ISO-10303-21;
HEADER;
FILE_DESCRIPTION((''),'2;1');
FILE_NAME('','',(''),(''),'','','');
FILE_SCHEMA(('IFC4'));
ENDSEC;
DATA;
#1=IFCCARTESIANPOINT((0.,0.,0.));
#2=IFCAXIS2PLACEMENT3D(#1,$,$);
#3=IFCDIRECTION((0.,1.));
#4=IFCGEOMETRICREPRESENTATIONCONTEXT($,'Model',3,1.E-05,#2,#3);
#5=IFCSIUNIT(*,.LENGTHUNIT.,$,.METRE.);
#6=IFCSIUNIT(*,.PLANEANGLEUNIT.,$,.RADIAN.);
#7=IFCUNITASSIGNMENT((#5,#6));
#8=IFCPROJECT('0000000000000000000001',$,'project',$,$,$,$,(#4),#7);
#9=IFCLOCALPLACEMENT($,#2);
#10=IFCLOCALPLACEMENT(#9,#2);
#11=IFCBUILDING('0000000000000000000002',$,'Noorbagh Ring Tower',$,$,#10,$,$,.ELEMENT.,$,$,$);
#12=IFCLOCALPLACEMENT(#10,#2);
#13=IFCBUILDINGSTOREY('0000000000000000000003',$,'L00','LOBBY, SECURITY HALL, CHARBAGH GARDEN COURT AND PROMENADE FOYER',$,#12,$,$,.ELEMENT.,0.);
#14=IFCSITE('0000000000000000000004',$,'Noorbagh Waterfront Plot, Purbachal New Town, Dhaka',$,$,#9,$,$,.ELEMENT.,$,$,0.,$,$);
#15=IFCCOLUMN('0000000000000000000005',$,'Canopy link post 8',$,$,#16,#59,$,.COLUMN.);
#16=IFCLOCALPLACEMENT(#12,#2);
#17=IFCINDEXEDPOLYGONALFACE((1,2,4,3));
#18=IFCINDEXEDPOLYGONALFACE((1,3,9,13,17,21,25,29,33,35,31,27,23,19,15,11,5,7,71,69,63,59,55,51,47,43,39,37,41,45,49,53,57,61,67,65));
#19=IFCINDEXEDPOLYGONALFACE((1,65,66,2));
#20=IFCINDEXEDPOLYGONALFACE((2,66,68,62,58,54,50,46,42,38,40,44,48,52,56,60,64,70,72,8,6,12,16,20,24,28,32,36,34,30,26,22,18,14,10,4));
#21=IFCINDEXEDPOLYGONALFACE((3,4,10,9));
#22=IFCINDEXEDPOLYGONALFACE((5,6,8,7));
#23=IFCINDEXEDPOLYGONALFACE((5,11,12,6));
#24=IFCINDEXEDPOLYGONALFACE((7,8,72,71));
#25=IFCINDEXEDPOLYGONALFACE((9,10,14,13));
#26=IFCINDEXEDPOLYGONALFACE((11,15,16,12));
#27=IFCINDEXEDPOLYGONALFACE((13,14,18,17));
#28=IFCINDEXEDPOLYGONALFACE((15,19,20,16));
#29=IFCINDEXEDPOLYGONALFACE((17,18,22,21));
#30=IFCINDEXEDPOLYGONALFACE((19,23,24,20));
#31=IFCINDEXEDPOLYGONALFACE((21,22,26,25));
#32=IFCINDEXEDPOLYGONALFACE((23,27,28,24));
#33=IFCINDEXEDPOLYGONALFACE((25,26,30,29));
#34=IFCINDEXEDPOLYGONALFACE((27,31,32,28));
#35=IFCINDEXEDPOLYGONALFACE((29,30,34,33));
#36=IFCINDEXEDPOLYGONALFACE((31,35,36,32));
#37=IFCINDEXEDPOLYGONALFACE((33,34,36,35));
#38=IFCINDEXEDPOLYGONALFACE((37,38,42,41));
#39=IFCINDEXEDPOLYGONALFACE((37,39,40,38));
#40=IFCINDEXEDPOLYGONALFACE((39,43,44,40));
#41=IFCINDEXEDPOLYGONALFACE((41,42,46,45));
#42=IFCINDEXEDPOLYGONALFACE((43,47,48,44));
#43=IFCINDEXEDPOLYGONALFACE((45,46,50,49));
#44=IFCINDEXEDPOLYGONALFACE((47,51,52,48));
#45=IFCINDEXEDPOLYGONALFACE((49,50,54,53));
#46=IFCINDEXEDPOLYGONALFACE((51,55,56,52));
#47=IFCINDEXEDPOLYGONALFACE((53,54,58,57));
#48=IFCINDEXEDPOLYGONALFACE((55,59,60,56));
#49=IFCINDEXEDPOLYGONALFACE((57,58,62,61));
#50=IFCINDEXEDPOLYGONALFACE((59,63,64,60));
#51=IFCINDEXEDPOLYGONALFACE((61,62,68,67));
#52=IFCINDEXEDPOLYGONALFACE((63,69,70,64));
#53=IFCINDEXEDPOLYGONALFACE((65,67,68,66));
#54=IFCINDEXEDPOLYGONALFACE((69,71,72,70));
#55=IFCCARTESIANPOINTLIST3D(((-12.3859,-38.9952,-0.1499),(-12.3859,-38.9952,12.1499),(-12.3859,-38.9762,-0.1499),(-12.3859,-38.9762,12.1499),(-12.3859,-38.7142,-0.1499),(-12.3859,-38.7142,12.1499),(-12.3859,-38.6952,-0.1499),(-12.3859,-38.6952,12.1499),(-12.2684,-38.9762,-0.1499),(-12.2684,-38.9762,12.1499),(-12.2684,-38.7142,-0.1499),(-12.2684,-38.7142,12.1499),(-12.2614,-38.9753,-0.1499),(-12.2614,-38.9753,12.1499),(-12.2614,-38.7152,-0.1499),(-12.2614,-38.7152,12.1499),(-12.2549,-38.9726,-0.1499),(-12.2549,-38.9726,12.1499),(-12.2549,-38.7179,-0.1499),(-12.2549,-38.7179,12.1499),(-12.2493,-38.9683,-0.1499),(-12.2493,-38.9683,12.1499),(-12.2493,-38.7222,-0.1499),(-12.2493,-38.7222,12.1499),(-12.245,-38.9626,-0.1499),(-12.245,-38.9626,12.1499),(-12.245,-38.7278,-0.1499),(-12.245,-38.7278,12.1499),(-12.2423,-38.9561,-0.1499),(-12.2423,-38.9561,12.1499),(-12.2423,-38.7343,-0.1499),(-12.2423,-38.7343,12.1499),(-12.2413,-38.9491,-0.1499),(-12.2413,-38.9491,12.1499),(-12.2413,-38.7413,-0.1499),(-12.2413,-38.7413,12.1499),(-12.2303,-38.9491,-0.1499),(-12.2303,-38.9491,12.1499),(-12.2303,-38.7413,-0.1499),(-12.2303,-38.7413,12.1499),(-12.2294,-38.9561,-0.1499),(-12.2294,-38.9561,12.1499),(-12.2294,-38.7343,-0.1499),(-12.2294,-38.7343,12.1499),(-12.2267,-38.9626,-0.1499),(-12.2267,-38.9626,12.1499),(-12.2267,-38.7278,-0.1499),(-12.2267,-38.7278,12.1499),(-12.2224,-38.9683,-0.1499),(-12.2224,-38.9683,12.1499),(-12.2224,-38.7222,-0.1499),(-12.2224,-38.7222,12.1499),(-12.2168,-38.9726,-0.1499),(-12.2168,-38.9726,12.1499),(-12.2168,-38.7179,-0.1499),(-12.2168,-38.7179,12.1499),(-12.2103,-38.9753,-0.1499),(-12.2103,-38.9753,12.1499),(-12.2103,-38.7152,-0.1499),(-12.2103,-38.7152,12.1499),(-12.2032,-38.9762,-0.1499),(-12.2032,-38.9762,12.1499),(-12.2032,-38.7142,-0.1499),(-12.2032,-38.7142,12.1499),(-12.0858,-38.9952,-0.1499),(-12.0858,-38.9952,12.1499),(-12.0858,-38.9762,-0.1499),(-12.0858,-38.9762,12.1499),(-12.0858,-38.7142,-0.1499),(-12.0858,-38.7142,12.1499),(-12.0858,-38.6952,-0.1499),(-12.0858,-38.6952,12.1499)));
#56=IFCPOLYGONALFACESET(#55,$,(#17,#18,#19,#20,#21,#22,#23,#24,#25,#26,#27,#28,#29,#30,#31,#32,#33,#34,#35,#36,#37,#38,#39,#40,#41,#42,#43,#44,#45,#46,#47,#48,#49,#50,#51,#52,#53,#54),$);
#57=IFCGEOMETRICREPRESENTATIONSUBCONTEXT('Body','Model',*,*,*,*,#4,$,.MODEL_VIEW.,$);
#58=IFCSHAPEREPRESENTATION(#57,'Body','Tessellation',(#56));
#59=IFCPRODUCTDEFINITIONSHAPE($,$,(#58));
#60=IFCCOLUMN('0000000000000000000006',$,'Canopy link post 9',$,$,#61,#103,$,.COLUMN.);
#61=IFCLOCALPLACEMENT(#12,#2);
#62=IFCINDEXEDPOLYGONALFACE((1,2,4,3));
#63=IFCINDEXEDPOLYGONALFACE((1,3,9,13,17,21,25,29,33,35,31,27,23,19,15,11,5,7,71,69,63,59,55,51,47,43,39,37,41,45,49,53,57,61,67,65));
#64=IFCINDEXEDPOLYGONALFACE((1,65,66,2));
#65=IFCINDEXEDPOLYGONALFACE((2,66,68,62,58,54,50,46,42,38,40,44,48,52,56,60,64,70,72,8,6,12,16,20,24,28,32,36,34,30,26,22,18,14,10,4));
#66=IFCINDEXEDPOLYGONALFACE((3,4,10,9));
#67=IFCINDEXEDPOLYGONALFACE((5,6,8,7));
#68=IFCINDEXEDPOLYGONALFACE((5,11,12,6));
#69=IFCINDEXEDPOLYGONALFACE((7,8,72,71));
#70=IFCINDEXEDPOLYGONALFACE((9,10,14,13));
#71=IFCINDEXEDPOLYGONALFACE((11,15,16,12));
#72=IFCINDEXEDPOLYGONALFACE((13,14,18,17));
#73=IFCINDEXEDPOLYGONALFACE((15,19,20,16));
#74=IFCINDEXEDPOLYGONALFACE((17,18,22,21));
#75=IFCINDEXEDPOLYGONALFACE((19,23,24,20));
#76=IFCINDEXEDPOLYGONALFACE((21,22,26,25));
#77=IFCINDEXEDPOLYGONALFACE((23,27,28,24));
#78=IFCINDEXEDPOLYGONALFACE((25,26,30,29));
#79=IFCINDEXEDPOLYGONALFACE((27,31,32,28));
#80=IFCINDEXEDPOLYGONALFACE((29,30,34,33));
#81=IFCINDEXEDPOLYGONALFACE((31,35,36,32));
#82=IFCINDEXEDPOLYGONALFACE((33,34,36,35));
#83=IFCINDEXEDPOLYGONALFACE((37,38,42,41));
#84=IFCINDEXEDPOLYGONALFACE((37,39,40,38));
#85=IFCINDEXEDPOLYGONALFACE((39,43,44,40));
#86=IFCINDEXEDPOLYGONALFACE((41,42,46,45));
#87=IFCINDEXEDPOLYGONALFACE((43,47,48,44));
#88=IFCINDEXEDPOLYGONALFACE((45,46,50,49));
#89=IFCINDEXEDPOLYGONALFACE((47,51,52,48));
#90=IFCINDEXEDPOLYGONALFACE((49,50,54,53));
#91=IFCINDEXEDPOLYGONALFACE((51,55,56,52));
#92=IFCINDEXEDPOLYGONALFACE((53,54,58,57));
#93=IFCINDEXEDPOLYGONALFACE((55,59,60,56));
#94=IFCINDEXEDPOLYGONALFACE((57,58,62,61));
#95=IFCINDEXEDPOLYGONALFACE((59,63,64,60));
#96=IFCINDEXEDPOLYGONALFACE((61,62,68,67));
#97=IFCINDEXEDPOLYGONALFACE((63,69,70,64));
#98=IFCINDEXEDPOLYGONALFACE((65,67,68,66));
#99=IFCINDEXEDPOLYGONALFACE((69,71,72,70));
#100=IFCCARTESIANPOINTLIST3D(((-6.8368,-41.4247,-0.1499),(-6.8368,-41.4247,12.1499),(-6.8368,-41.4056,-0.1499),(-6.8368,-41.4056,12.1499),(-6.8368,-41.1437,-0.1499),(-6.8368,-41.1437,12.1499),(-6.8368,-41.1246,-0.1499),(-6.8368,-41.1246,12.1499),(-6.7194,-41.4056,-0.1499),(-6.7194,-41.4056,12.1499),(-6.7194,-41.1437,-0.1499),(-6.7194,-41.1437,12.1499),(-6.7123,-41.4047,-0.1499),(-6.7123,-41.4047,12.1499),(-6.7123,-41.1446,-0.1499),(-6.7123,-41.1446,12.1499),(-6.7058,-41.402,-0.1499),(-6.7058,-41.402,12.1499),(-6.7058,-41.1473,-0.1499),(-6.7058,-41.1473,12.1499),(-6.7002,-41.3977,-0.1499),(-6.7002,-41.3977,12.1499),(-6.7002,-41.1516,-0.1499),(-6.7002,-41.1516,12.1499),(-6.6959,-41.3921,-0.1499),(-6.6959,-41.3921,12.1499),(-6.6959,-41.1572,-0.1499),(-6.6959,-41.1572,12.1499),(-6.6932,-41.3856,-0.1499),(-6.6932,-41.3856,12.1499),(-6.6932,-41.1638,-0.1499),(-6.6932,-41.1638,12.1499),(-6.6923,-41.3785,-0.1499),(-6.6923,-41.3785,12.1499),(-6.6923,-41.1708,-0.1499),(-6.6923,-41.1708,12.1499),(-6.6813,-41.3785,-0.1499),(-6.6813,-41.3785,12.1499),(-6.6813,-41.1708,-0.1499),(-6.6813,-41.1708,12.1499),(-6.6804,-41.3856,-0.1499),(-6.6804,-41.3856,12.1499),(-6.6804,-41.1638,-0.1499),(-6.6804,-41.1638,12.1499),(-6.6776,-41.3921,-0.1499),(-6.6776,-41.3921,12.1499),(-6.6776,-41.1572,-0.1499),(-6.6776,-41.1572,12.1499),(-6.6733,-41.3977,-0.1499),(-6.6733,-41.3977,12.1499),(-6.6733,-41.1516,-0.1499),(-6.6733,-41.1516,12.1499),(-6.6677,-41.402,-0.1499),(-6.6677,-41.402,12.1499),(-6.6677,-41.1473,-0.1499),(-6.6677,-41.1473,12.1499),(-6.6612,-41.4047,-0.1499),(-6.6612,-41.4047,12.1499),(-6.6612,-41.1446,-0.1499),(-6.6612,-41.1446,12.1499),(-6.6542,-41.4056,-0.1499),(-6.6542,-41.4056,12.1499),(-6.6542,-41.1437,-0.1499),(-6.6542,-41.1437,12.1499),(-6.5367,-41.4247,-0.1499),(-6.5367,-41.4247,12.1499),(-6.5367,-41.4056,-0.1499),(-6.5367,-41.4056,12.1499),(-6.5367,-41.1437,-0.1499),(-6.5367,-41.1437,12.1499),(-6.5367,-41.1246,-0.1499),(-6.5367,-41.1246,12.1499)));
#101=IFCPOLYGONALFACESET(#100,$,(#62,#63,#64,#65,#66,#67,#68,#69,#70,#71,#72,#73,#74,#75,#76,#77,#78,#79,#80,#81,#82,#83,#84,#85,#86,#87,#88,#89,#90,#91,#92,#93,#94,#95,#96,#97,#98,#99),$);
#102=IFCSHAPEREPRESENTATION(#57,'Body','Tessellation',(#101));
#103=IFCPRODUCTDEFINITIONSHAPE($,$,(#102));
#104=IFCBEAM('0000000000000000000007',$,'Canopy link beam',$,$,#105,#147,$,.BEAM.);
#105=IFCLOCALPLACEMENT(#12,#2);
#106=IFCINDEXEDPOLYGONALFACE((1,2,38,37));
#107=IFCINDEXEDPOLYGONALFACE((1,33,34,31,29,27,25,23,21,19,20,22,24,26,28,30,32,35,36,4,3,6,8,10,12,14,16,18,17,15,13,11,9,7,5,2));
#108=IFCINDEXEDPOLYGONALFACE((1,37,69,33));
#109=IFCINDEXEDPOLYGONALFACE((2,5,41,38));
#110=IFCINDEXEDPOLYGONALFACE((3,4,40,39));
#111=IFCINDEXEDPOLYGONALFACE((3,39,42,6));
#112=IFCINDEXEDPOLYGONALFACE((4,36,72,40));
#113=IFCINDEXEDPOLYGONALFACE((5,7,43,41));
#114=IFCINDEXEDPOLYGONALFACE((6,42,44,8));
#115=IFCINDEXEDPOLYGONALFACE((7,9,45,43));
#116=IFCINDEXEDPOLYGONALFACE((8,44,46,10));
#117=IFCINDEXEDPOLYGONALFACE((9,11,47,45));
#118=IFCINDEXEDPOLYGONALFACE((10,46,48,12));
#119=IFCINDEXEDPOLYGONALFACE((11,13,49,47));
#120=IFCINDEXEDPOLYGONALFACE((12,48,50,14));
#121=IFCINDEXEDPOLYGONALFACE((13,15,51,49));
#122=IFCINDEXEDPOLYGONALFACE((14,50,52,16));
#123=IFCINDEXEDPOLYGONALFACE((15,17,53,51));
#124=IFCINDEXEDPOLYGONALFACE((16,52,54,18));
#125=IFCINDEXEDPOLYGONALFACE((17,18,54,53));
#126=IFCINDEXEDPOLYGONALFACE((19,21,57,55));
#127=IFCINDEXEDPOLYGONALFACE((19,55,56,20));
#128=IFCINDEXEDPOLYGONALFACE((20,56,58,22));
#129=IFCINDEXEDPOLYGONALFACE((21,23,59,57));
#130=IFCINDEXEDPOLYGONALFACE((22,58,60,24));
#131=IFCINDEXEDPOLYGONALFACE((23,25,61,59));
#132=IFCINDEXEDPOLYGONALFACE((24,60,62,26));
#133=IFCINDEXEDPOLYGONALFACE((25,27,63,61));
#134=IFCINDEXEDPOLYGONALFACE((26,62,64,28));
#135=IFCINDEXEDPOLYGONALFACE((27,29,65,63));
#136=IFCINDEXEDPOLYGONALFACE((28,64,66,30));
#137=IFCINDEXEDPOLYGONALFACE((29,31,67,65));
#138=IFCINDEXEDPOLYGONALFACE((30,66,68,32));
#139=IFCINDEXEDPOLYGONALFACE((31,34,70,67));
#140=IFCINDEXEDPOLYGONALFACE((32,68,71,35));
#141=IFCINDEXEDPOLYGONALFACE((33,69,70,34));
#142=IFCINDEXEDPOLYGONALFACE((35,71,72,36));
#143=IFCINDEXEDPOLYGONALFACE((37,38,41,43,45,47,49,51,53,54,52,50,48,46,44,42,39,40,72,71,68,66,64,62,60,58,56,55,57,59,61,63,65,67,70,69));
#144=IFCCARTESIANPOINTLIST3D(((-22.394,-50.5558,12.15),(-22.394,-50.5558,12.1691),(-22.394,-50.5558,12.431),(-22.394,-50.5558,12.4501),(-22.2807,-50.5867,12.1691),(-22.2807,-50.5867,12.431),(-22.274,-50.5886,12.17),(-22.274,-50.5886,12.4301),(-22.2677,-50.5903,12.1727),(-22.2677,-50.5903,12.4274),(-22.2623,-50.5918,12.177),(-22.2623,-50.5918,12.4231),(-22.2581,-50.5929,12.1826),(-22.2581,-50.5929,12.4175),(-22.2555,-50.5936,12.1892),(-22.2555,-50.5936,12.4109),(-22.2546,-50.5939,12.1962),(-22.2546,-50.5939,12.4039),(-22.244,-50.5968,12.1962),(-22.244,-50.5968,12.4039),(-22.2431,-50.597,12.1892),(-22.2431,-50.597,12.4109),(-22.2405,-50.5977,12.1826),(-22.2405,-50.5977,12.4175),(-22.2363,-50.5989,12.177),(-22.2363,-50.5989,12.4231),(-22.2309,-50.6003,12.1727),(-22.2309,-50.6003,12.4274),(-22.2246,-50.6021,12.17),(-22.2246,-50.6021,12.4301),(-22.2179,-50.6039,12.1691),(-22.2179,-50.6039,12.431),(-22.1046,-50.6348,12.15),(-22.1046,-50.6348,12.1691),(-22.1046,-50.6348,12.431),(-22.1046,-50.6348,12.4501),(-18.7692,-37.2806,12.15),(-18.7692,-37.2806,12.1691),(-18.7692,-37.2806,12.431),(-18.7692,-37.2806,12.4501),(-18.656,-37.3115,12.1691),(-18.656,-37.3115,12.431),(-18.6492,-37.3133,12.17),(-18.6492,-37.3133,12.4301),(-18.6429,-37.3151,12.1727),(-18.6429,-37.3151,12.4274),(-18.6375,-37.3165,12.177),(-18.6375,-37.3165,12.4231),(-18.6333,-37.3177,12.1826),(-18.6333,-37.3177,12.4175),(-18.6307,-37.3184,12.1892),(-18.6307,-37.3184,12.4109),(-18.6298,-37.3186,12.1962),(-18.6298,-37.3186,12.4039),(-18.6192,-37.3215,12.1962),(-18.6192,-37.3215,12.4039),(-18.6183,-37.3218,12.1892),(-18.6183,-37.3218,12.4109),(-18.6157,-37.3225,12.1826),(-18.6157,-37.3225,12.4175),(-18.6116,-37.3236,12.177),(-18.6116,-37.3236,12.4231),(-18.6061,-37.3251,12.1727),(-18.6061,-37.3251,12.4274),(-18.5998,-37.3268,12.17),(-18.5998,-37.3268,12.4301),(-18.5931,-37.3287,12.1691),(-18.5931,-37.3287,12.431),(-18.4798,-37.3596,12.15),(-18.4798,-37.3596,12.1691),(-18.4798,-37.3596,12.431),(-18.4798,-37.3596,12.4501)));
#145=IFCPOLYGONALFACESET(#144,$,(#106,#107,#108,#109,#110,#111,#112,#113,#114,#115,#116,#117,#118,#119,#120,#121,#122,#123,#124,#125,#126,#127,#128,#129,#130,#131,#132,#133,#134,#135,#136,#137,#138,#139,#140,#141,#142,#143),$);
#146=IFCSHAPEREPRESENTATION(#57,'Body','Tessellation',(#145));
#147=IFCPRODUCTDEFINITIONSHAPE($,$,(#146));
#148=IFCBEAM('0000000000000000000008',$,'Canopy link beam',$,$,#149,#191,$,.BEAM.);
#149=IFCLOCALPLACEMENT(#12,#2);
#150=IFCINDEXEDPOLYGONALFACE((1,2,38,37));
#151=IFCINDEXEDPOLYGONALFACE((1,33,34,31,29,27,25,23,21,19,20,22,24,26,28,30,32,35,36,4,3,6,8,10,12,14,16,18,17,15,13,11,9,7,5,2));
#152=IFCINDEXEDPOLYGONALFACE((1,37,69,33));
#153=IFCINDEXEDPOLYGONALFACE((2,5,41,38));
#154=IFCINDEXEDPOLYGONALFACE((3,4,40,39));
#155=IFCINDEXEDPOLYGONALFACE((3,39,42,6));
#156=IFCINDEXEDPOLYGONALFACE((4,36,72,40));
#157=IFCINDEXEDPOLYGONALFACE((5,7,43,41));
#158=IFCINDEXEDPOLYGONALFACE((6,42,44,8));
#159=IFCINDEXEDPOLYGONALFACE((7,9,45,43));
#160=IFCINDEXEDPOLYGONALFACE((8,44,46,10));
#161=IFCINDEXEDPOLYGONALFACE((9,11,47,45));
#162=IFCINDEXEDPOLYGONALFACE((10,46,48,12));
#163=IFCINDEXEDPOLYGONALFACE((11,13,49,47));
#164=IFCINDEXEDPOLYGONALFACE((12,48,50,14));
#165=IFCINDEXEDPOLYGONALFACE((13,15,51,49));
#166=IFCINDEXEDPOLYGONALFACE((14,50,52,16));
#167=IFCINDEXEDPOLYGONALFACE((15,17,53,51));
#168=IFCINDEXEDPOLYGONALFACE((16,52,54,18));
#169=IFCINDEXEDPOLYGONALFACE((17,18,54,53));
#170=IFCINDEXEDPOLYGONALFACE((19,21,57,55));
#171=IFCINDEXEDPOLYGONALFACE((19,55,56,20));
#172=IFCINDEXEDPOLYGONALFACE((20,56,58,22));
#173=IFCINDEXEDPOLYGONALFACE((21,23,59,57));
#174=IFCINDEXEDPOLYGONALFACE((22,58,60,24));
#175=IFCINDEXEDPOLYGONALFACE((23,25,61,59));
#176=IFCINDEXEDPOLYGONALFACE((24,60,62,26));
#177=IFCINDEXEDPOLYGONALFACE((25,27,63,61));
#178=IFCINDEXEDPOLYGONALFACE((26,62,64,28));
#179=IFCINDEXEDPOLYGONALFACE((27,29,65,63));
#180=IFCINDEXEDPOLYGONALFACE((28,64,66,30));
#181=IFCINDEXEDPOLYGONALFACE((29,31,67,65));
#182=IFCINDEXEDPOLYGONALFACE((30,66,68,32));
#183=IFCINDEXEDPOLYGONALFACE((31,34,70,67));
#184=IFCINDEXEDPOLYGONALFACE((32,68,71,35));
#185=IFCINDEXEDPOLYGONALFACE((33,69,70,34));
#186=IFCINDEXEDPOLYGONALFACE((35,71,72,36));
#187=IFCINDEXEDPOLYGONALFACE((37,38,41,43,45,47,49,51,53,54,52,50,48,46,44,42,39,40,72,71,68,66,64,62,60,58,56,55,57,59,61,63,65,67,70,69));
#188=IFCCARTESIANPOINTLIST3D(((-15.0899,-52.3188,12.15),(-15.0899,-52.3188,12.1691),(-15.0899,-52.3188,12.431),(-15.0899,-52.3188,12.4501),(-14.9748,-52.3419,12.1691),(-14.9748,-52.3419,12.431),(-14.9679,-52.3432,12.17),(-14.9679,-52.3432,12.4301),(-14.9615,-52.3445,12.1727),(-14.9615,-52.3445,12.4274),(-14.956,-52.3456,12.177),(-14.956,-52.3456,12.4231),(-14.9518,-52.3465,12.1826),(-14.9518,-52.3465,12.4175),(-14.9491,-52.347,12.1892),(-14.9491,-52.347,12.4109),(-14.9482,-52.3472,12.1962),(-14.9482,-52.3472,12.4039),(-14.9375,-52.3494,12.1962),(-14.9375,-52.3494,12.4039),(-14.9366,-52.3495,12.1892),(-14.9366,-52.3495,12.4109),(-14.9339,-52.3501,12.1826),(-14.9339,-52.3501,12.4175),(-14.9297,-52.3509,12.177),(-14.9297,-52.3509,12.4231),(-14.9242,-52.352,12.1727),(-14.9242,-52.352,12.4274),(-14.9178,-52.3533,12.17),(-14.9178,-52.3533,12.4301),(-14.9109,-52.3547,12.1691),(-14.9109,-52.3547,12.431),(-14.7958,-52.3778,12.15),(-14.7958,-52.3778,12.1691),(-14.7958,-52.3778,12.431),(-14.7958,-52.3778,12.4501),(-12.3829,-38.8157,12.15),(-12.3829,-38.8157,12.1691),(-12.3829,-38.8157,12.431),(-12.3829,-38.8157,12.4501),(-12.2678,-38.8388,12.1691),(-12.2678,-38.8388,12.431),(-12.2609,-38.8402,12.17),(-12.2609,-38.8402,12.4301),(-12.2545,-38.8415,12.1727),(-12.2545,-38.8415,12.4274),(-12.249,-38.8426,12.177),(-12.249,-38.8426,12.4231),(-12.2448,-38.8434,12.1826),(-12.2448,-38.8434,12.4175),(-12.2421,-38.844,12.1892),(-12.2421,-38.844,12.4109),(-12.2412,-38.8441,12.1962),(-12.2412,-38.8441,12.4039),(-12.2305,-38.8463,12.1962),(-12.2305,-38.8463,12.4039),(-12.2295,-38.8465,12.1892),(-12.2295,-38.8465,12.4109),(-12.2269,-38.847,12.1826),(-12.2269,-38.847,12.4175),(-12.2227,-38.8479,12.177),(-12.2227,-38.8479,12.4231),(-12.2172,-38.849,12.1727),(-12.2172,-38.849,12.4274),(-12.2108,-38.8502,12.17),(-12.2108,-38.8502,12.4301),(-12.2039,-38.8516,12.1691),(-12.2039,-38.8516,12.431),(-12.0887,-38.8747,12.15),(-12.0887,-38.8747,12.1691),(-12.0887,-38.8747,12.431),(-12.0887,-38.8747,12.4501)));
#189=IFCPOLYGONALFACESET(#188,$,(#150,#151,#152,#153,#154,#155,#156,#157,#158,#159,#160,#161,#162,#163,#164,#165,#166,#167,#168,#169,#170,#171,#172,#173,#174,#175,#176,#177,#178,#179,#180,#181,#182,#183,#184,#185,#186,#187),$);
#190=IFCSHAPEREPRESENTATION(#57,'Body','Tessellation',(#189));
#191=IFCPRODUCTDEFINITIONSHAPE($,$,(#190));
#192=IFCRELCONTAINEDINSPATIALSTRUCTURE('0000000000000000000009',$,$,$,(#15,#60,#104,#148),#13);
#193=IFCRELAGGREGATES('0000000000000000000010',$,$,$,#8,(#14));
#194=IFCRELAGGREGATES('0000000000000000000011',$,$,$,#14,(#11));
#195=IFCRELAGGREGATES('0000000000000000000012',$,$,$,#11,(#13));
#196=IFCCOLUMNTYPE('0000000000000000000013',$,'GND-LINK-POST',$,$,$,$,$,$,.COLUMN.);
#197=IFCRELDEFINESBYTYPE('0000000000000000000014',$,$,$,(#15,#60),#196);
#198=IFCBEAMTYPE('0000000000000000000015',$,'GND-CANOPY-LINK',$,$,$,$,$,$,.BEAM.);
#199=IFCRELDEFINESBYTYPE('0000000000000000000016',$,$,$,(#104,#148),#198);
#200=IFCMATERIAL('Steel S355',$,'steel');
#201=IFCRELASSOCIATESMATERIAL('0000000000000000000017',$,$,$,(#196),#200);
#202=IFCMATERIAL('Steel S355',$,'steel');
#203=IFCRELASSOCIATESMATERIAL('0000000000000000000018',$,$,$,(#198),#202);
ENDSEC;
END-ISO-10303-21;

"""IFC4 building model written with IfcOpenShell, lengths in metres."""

from ifc_helpers import new_model, si_unit, direction, frame, origin, origin_2d, place, context, subcontext, project, spatial, i_section, extrude, material, material_profile, profile_set, type_object, element, save


model = new_model("IFC4")

# Units and contexts
model_context = context("Model", 3, precision=1e-05, world=origin(), true_north=direction((0.0, 1.0)))
body_context = subcontext(model_context, "Body", "Model", "MODEL_VIEW")
ifc_project = project(units=[si_unit("LENGTHUNIT", "METRE"), si_unit("PLANEANGLEUNIT", "RADIAN")], contexts=[model_context])

# Site, building, storey
site_placement = place(None, origin())
site = spatial("IfcSite", under=ifc_project, at=site_placement, Name="Noorbagh Waterfront Plot, Purbachal New Town, Dhaka", CompositionType="ELEMENT", RefElevation=0.0)
building_placement = place(site_placement, origin())
building = spatial("IfcBuilding", under=site, at=building_placement, Name="Noorbagh Ring Tower", CompositionType="ELEMENT")
storey_placement = place(building_placement, origin())
storey = spatial("IfcBuildingStorey", under=building, at=storey_placement, Name="L00", Description="LOBBY, SECURITY HALL, CHARBAGH GARDEN COURT AND PROMENADE FOYER", CompositionType="ELEMENT", Elevation=0.0)

# Columns
ifc_material_1 = material(Name="Steel S355", Category="steel")
ifc_material_profile_1 = material_profile(ifc_material_1, i_section(OverallWidth=0.3, OverallDepth=0.3, WebThickness=0.011, FlangeThickness=0.019, FilletRadius=0.0271, at=origin_2d()), Name="HEB300")
ifc_profile_set_1 = profile_set([ifc_material_profile_1], Name="Steel S355")
column_type_1 = type_object("IfcColumnType", Name="GND-LINK-POST", PredefinedType="COLUMN", material=ifc_profile_set_1)
for number, where, z_axis, x_axis, name in (
    (1, (-12.2358, -38.8452, -0.1499), (0.0, 0.0, 1.0), (1.0, 0.0, 0.0), "Canopy link post 8"),
    (2, (-6.6868, -41.2747, -0.1499), (0.0, 0.0, 1.0), (1.0, 0.0, 0.0), "Canopy link post 9"),
):
    element("IfcColumn", number, at=place(storey_placement, frame(where, z_axis=z_axis, x_axis=x_axis)), inside=storey, type_object=column_type_1, Name=name, PredefinedType="COLUMN", context=body_context, shape_type="SweptSolid", body=[
        extrude(i_section(OverallWidth=0.3, OverallDepth=0.3, WebThickness=0.011, FlangeThickness=0.019, FilletRadius=0.0271, at=origin_2d()), origin(), (0.0, 0.0, 1.0), 12.2998),
    ])

# Beams
ifc_material_2 = material(Name="Steel S355", Category="steel")
ifc_material_profile_2 = material_profile(ifc_material_2, i_section(OverallWidth=0.3, OverallDepth=0.3, WebThickness=0.011, FlangeThickness=0.019, FilletRadius=0.0271, at=origin_2d()), Name="HEB300")
ifc_profile_set_2 = profile_set([ifc_material_profile_2], Name="Steel S355")
beam_type_1 = type_object("IfcBeamType", Name="GND-CANOPY-LINK", PredefinedType="BEAM", material=ifc_profile_set_2)
beam_1_placement = place(storey_placement, frame((-18.6245, -37.3201, 12.3), z_axis=(-0.263406, -0.964685, 0.0), x_axis=(0.964685, -0.263406, 0.0)))
element("IfcBeam", 3, at=beam_1_placement, inside=storey, type_object=beam_type_1, Name="Canopy link beam", PredefinedType="BEAM", context=body_context, shape_type="SweptSolid", body=[
    extrude(i_section(OverallWidth=0.3, OverallDepth=0.3, WebThickness=0.011, FlangeThickness=0.019, FilletRadius=0.0271, at=origin_2d()), origin(), (0.0, 0.0, 1.0), 13.7612),
])
beam_2_placement = place(storey_placement, frame((-12.2358, -38.8452, 12.3), z_axis=(-0.196563, -0.980491, 0.0), x_axis=(0.980491, -0.196563, 0.0)))
element("IfcBeam", 4, at=beam_2_placement, inside=storey, type_object=beam_type_1, Name="Canopy link beam", PredefinedType="BEAM", context=body_context, shape_type="SweptSolid", body=[
    extrude(i_section(OverallWidth=0.3, OverallDepth=0.3, WebThickness=0.011, FlangeThickness=0.019, FilletRadius=0.0271, at=origin_2d()), origin(), (0.0, 0.0, 1.0), 13.7717),
])

save(model, "model.ifc")
